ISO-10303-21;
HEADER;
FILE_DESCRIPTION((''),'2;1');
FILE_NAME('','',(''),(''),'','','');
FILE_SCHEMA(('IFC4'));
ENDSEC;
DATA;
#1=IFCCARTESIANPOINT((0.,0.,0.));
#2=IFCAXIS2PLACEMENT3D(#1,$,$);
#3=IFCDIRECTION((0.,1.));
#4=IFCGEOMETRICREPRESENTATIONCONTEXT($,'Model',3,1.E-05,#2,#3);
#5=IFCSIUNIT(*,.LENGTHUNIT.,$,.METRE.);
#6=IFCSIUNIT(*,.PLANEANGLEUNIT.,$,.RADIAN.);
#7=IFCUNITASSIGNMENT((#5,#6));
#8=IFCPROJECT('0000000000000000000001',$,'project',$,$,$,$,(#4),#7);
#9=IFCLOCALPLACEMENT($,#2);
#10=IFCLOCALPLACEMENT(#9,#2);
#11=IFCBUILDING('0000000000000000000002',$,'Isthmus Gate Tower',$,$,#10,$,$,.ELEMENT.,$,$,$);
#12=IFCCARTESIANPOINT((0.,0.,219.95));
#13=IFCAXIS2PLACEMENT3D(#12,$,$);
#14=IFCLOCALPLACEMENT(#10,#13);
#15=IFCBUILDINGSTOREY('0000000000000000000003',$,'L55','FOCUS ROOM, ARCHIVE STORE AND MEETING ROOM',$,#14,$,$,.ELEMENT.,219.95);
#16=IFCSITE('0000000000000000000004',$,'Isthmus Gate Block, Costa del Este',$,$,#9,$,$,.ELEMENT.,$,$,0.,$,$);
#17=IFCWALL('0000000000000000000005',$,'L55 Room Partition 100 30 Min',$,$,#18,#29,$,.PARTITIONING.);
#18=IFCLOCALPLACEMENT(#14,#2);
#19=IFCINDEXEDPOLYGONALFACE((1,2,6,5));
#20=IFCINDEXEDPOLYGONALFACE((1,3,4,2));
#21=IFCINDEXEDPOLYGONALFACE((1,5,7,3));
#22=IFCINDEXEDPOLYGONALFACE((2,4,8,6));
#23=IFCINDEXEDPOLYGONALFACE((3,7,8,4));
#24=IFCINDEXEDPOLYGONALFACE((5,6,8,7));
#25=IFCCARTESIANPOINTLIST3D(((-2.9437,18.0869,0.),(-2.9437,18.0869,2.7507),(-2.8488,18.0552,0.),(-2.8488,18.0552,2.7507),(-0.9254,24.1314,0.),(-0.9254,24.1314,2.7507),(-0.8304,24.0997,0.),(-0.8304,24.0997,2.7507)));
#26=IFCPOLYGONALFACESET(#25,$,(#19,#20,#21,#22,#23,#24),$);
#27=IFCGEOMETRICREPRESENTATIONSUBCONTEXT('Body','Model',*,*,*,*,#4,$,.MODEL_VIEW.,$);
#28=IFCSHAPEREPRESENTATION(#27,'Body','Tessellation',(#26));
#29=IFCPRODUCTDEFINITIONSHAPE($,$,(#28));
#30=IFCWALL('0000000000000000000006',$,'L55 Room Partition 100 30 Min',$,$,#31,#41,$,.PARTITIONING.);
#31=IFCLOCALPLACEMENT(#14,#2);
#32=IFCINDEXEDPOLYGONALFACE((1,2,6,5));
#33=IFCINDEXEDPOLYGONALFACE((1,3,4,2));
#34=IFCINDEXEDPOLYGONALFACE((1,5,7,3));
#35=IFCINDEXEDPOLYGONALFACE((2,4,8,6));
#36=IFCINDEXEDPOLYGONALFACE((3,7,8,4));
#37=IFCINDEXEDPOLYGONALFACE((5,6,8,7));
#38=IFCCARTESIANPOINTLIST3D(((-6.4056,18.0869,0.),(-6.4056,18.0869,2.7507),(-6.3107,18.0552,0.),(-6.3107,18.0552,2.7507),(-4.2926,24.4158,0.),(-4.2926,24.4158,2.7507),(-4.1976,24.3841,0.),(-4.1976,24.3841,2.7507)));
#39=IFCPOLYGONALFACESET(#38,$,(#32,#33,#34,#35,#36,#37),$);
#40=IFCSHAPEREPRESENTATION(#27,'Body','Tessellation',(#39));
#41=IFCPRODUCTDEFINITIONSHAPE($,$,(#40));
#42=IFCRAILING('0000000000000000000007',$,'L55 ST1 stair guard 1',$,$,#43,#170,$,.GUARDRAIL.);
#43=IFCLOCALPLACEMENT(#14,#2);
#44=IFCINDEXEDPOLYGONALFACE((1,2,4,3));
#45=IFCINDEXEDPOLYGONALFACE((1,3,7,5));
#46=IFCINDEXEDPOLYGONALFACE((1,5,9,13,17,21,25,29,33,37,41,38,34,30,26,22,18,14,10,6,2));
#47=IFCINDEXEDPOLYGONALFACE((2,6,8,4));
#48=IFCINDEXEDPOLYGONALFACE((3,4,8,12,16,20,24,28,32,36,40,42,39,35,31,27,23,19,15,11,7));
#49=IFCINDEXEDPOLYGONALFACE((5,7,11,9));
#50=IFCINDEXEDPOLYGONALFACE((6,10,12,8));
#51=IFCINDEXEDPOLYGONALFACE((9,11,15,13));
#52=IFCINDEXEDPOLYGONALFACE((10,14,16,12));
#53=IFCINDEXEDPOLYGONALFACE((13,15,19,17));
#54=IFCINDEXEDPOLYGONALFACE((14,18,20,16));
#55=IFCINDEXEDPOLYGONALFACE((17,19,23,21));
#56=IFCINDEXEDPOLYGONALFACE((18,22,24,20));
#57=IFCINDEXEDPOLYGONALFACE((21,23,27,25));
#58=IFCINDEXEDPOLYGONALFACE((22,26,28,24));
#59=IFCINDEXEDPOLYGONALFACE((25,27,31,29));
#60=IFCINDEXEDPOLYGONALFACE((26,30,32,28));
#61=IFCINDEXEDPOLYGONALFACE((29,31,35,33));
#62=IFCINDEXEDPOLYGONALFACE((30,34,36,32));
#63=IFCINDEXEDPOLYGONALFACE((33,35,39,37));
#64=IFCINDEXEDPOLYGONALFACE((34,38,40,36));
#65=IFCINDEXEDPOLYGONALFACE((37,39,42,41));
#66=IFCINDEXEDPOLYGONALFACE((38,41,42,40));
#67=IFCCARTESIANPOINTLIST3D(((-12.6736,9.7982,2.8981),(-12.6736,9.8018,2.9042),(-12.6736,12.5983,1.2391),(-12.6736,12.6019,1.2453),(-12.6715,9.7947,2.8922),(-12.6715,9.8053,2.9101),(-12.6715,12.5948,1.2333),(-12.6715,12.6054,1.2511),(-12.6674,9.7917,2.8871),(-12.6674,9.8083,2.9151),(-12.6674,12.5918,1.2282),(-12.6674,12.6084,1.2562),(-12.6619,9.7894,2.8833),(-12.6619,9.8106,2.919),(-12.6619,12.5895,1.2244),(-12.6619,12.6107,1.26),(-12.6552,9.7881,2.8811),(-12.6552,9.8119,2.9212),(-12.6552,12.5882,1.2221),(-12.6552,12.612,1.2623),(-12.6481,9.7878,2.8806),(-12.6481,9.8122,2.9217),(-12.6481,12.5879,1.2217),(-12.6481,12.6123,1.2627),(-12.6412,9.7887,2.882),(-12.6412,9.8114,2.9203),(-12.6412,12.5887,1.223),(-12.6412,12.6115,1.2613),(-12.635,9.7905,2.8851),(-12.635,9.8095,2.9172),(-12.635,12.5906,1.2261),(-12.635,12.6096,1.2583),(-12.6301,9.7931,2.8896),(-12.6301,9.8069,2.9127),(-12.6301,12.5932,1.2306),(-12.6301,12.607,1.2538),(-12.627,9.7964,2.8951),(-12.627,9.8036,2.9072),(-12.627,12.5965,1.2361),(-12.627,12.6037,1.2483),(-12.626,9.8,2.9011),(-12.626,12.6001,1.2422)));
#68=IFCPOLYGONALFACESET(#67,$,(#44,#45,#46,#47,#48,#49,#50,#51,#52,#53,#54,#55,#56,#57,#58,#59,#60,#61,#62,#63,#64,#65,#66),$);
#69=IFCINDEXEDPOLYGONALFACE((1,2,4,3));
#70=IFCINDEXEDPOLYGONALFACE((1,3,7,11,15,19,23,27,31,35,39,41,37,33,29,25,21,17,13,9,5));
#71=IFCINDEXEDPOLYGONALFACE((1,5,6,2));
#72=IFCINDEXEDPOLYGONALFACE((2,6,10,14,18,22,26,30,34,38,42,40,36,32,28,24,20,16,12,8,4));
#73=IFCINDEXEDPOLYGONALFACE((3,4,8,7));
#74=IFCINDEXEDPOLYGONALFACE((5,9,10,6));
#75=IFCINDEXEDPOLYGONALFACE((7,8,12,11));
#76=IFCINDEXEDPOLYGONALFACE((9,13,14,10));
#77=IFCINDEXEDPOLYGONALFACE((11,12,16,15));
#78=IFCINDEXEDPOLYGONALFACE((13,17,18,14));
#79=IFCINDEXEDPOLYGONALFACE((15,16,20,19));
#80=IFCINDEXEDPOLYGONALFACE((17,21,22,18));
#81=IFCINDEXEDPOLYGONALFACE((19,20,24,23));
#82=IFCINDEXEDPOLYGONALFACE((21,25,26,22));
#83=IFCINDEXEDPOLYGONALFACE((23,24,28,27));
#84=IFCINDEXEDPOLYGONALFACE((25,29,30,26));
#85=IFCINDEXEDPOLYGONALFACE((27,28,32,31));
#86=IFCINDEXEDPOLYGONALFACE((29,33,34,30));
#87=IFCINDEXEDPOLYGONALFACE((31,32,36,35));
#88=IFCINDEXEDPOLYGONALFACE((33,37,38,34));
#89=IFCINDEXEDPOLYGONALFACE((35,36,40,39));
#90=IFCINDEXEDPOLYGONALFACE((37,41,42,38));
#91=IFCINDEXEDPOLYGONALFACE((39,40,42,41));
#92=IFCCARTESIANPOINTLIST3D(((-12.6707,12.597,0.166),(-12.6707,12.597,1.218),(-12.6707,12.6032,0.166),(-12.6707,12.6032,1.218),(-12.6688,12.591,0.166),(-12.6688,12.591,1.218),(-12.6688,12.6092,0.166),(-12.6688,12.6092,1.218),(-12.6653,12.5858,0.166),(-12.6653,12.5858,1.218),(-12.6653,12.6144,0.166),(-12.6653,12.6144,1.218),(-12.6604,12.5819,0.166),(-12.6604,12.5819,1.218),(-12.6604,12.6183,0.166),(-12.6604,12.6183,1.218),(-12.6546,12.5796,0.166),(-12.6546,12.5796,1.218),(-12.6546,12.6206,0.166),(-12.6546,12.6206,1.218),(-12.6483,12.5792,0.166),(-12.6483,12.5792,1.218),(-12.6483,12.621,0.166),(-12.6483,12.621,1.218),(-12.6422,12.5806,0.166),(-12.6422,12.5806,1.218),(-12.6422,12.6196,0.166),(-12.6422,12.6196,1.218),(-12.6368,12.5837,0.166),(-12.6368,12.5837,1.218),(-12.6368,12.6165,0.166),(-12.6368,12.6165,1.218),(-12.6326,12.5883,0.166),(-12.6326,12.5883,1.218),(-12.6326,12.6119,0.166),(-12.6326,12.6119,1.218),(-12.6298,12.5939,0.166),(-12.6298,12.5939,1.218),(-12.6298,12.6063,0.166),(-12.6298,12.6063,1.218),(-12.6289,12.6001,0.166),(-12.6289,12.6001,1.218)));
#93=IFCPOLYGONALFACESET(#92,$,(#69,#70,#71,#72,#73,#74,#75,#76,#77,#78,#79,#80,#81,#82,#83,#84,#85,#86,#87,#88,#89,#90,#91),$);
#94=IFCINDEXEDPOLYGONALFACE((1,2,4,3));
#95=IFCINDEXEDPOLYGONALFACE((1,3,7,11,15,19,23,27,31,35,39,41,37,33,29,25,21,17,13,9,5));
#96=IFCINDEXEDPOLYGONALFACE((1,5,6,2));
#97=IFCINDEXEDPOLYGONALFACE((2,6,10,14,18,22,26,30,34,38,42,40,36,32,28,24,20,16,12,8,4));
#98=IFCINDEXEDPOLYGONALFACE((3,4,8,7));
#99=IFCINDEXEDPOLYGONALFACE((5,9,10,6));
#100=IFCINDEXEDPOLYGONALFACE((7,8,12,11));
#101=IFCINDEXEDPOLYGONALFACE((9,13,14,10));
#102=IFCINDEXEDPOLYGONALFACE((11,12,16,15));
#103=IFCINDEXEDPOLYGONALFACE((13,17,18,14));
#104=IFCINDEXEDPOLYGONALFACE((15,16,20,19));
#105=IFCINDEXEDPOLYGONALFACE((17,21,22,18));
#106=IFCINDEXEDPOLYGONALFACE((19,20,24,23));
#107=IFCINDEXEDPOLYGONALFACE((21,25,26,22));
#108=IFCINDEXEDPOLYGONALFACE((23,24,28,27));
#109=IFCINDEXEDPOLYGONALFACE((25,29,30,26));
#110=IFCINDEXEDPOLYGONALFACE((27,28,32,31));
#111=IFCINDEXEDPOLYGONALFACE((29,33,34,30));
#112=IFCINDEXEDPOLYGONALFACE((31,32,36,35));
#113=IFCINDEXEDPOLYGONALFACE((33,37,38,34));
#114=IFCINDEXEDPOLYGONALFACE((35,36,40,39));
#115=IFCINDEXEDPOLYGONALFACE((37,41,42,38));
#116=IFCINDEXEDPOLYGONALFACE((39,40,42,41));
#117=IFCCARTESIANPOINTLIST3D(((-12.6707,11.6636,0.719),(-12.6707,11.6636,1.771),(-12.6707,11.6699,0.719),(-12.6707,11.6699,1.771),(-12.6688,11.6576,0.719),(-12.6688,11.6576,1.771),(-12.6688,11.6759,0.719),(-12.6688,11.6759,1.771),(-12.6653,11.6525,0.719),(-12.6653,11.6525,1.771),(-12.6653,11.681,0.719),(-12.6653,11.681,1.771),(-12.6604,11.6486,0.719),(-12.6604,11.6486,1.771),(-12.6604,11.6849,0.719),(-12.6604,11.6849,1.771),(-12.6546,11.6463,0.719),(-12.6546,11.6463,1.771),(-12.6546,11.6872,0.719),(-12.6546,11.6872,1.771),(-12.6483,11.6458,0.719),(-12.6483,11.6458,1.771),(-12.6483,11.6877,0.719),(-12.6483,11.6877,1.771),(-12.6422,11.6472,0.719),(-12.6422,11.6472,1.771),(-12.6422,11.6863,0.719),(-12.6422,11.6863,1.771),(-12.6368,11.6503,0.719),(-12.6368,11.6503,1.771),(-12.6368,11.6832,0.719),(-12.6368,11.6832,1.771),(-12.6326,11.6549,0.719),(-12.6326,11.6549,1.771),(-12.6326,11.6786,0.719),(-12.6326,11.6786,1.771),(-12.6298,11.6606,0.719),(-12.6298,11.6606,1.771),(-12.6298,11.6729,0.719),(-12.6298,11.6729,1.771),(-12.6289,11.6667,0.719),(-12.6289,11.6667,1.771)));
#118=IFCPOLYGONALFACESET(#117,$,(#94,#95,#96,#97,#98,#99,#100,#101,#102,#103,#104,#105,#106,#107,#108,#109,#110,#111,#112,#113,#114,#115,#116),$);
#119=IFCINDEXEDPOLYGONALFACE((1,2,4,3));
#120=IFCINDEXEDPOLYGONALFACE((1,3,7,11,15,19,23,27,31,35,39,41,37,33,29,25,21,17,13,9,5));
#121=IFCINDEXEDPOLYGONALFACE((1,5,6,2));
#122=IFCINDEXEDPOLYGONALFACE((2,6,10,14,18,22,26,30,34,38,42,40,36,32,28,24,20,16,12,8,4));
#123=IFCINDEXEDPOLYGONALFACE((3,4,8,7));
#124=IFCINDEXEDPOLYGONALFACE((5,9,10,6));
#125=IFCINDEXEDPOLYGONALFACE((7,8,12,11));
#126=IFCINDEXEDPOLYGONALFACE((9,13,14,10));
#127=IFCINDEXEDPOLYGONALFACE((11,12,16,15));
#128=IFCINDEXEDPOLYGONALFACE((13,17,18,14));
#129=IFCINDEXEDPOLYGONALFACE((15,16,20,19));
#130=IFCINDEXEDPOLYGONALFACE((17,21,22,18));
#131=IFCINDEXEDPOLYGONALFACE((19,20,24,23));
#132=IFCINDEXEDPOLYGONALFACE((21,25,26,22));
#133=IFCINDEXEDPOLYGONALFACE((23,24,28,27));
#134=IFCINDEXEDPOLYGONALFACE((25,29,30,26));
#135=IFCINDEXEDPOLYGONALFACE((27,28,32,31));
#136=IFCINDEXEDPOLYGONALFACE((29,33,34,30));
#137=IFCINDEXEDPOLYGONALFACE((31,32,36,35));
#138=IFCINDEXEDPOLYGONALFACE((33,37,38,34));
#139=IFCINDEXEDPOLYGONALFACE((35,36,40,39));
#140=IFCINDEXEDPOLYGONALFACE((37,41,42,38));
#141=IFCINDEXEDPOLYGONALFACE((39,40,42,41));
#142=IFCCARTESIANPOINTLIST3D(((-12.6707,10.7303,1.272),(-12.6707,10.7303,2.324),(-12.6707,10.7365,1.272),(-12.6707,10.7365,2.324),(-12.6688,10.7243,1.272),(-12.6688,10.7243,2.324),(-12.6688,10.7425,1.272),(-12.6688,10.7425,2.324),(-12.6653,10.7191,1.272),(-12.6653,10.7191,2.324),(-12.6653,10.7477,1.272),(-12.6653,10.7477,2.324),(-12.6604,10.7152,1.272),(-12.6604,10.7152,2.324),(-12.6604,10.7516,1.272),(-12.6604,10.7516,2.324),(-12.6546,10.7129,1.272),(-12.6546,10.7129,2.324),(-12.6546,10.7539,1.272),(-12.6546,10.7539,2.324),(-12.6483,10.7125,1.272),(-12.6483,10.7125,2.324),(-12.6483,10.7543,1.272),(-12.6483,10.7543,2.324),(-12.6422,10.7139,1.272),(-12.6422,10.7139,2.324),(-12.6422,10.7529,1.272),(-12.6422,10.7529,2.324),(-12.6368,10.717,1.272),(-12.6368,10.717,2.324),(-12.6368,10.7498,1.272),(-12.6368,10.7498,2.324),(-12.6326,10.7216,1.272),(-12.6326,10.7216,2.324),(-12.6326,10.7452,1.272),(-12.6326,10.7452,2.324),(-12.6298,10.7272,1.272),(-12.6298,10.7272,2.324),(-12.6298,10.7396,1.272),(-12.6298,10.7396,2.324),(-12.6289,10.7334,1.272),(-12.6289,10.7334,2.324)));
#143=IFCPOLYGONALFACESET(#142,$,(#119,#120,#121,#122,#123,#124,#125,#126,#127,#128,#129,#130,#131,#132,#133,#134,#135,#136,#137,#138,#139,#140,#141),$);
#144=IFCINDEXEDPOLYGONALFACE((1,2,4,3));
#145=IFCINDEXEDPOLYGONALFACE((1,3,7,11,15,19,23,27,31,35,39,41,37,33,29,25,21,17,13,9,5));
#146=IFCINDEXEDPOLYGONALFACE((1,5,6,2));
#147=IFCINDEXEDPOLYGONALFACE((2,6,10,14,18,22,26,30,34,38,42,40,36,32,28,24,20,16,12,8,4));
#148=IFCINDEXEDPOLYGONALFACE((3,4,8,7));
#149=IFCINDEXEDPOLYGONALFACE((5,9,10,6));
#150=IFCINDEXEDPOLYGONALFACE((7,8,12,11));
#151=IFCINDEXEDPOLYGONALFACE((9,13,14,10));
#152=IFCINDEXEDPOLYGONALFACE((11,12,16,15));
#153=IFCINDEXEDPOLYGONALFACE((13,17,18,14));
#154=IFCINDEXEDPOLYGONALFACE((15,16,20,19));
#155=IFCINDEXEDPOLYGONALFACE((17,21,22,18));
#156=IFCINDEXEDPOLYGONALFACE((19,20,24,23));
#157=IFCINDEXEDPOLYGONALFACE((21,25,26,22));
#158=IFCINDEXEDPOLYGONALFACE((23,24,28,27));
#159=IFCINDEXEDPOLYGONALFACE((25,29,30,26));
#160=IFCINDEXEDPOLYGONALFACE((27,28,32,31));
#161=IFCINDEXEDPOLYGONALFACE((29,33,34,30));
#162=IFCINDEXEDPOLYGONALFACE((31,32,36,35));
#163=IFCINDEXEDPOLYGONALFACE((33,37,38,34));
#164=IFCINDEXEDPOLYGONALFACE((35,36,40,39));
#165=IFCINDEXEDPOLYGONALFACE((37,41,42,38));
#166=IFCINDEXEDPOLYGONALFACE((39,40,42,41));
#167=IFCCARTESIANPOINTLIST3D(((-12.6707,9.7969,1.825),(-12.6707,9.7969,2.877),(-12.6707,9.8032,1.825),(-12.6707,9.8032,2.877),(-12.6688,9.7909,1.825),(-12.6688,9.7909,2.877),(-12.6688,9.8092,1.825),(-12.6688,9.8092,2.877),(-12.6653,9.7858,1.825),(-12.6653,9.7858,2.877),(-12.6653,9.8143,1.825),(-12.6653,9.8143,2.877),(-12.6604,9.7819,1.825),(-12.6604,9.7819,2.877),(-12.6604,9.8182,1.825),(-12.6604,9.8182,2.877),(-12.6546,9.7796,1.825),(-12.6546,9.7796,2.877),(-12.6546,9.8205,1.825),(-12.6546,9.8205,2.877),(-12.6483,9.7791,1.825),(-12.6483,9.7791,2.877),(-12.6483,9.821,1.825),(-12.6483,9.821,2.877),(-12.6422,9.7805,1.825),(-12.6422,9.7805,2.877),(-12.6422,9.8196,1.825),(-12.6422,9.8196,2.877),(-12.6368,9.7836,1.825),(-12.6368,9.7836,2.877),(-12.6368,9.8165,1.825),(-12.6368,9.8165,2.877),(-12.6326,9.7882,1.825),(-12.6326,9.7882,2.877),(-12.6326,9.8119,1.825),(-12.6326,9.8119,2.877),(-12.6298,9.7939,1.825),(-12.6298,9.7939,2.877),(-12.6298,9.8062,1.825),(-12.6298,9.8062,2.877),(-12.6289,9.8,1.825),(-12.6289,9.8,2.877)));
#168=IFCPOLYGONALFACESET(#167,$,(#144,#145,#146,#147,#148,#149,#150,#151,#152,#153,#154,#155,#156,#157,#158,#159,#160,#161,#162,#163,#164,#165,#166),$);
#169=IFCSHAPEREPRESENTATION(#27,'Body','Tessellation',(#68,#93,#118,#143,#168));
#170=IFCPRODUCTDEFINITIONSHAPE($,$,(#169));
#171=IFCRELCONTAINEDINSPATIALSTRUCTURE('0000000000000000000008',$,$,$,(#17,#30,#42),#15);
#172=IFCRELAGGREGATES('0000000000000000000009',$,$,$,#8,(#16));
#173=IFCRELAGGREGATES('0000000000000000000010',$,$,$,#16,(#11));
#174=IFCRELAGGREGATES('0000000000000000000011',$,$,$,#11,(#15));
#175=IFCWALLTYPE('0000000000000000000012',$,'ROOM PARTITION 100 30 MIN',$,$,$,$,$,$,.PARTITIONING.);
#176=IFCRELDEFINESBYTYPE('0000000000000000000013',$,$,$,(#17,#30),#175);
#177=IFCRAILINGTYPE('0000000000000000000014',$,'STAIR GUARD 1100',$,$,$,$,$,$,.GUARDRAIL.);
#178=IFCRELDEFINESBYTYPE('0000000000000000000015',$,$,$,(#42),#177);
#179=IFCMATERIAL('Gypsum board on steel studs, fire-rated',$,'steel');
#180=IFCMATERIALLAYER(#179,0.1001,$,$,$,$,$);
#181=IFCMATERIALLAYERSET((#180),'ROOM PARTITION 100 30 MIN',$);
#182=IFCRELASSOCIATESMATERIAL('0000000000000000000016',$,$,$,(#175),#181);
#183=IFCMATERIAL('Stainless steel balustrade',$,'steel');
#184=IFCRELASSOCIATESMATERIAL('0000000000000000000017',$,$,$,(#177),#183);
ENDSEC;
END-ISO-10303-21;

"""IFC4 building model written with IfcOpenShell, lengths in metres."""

from ifc_helpers import new_model, si_unit, direction, frame, frame_2d, origin, origin_2d, place, context, subcontext, project, spatial, rectangle, circle, extrude, material, layer, layer_set, type_object, element, save


model = new_model("IFC4")

# Units and contexts
model_context = context("Model", 3, precision=1e-05, world=origin(), true_north=direction((0.0, 1.0)))
body_context = subcontext(model_context, "Body", "Model", "MODEL_VIEW")
ifc_project = project(units=[si_unit("LENGTHUNIT", "METRE"), si_unit("PLANEANGLEUNIT", "RADIAN")], contexts=[model_context])

# Site, building, storey
site_placement = place(None, origin())
site = spatial("IfcSite", under=ifc_project, at=site_placement, Name="Isthmus Gate Block, Costa del Este", CompositionType="ELEMENT", RefElevation=0.0)
building_placement = place(site_placement, origin())
building = spatial("IfcBuilding", under=site, at=building_placement, Name="Isthmus Gate Tower", CompositionType="ELEMENT")
storey_placement = place(building_placement, frame((0.0, 0.0, 219.95)))
storey = spatial("IfcBuildingStorey", under=building, at=storey_placement, Name="L55", Description="FOCUS ROOM, ARCHIVE STORE AND MEETING ROOM", CompositionType="ELEMENT", Elevation=219.95)

# Walls
ifc_material_1 = material(Name="Gypsum board on steel studs, fire-rated", Category="steel")
ifc_layer_1 = layer(ifc_material_1, 0.1001)
ifc_layer_set_1 = layer_set([ifc_layer_1], Name="ROOM PARTITION 100 30 MIN")
wall_type_1 = type_object("IfcWallType", Name="ROOM PARTITION 100 30 MIN", PredefinedType="PARTITIONING", material=ifc_layer_set_1)
wall_1_placement = place(storey_placement, frame((-2.8962, 18.071, 0.0), z_axis=(0.0, 0.0, 1.0), x_axis=(0.316722, 0.948518, 0.0)))
element("IfcWall", 1, at=wall_1_placement, inside=storey, type_object=wall_type_1, Name="L55 Room Partition 100 30 Min", PredefinedType="PARTITIONING", context=body_context, shape_type="SweptSolid", body=[
    extrude(rectangle(XDim=6.3726, YDim=0.1001, at=frame_2d((3.1863, 0.0))), origin(), (0.0, 0.0, 1.0), 2.7507),
])
wall_2_placement = place(storey_placement, frame((-6.3582, 18.071, 0.0), z_axis=(0.0, 0.0, 1.0), x_axis=(0.316689, 0.94853, 0.0)))
element("IfcWall", 2, at=wall_2_placement, inside=storey, type_object=wall_type_1, Name="L55 Room Partition 100 30 Min", PredefinedType="PARTITIONING", context=body_context, shape_type="SweptSolid", body=[
    extrude(rectangle(XDim=6.6724, YDim=0.1001, at=frame_2d((3.3362, 0.0))), origin(), (0.0, 0.0, 1.0), 2.7507),
])

# Railing
ifc_material_2 = material(Name="Stainless steel balustrade", Category="steel")
railing_type = type_object("IfcRailingType", Name="STAIR GUARD 1100", PredefinedType="GUARDRAIL", material=ifc_material_2)
railing_1_placement = place(storey_placement, frame((-12.6499, 12.6001, 0.166)))
element("IfcRailing", 3, at=railing_1_placement, inside=storey, type_object=railing_type, Name="L55 ST1 stair guard 1", PredefinedType="GUARDRAIL", context=body_context, shape_type="SweptSolid", body=[
    extrude(circle(Radius=0.0239, at=origin_2d()), frame((0.0, 0.0, 1.0762), z_axis=(0.0, -0.860339, 0.509722), x_axis=(1.0, 0.0, 0.0)), (0.0, 0.0, 1.0), 3.2546),
    extrude(circle(Radius=0.021, at=origin_2d()), origin(), (0.0, 0.0, 1.0), 1.052),
    extrude(circle(Radius=0.021, at=origin_2d()), frame((0.0, -0.9333, 0.553)), (0.0, 0.0, 1.0), 1.052),
    extrude(circle(Radius=0.021, at=origin_2d()), frame((0.0, -1.8667, 1.106)), (0.0, 0.0, 1.0), 1.052),
    extrude(circle(Radius=0.021, at=origin_2d()), frame((0.0, -2.8, 1.6589)), (0.0, 0.0, 1.0), 1.052),
])

save(model, "model.ifc")
